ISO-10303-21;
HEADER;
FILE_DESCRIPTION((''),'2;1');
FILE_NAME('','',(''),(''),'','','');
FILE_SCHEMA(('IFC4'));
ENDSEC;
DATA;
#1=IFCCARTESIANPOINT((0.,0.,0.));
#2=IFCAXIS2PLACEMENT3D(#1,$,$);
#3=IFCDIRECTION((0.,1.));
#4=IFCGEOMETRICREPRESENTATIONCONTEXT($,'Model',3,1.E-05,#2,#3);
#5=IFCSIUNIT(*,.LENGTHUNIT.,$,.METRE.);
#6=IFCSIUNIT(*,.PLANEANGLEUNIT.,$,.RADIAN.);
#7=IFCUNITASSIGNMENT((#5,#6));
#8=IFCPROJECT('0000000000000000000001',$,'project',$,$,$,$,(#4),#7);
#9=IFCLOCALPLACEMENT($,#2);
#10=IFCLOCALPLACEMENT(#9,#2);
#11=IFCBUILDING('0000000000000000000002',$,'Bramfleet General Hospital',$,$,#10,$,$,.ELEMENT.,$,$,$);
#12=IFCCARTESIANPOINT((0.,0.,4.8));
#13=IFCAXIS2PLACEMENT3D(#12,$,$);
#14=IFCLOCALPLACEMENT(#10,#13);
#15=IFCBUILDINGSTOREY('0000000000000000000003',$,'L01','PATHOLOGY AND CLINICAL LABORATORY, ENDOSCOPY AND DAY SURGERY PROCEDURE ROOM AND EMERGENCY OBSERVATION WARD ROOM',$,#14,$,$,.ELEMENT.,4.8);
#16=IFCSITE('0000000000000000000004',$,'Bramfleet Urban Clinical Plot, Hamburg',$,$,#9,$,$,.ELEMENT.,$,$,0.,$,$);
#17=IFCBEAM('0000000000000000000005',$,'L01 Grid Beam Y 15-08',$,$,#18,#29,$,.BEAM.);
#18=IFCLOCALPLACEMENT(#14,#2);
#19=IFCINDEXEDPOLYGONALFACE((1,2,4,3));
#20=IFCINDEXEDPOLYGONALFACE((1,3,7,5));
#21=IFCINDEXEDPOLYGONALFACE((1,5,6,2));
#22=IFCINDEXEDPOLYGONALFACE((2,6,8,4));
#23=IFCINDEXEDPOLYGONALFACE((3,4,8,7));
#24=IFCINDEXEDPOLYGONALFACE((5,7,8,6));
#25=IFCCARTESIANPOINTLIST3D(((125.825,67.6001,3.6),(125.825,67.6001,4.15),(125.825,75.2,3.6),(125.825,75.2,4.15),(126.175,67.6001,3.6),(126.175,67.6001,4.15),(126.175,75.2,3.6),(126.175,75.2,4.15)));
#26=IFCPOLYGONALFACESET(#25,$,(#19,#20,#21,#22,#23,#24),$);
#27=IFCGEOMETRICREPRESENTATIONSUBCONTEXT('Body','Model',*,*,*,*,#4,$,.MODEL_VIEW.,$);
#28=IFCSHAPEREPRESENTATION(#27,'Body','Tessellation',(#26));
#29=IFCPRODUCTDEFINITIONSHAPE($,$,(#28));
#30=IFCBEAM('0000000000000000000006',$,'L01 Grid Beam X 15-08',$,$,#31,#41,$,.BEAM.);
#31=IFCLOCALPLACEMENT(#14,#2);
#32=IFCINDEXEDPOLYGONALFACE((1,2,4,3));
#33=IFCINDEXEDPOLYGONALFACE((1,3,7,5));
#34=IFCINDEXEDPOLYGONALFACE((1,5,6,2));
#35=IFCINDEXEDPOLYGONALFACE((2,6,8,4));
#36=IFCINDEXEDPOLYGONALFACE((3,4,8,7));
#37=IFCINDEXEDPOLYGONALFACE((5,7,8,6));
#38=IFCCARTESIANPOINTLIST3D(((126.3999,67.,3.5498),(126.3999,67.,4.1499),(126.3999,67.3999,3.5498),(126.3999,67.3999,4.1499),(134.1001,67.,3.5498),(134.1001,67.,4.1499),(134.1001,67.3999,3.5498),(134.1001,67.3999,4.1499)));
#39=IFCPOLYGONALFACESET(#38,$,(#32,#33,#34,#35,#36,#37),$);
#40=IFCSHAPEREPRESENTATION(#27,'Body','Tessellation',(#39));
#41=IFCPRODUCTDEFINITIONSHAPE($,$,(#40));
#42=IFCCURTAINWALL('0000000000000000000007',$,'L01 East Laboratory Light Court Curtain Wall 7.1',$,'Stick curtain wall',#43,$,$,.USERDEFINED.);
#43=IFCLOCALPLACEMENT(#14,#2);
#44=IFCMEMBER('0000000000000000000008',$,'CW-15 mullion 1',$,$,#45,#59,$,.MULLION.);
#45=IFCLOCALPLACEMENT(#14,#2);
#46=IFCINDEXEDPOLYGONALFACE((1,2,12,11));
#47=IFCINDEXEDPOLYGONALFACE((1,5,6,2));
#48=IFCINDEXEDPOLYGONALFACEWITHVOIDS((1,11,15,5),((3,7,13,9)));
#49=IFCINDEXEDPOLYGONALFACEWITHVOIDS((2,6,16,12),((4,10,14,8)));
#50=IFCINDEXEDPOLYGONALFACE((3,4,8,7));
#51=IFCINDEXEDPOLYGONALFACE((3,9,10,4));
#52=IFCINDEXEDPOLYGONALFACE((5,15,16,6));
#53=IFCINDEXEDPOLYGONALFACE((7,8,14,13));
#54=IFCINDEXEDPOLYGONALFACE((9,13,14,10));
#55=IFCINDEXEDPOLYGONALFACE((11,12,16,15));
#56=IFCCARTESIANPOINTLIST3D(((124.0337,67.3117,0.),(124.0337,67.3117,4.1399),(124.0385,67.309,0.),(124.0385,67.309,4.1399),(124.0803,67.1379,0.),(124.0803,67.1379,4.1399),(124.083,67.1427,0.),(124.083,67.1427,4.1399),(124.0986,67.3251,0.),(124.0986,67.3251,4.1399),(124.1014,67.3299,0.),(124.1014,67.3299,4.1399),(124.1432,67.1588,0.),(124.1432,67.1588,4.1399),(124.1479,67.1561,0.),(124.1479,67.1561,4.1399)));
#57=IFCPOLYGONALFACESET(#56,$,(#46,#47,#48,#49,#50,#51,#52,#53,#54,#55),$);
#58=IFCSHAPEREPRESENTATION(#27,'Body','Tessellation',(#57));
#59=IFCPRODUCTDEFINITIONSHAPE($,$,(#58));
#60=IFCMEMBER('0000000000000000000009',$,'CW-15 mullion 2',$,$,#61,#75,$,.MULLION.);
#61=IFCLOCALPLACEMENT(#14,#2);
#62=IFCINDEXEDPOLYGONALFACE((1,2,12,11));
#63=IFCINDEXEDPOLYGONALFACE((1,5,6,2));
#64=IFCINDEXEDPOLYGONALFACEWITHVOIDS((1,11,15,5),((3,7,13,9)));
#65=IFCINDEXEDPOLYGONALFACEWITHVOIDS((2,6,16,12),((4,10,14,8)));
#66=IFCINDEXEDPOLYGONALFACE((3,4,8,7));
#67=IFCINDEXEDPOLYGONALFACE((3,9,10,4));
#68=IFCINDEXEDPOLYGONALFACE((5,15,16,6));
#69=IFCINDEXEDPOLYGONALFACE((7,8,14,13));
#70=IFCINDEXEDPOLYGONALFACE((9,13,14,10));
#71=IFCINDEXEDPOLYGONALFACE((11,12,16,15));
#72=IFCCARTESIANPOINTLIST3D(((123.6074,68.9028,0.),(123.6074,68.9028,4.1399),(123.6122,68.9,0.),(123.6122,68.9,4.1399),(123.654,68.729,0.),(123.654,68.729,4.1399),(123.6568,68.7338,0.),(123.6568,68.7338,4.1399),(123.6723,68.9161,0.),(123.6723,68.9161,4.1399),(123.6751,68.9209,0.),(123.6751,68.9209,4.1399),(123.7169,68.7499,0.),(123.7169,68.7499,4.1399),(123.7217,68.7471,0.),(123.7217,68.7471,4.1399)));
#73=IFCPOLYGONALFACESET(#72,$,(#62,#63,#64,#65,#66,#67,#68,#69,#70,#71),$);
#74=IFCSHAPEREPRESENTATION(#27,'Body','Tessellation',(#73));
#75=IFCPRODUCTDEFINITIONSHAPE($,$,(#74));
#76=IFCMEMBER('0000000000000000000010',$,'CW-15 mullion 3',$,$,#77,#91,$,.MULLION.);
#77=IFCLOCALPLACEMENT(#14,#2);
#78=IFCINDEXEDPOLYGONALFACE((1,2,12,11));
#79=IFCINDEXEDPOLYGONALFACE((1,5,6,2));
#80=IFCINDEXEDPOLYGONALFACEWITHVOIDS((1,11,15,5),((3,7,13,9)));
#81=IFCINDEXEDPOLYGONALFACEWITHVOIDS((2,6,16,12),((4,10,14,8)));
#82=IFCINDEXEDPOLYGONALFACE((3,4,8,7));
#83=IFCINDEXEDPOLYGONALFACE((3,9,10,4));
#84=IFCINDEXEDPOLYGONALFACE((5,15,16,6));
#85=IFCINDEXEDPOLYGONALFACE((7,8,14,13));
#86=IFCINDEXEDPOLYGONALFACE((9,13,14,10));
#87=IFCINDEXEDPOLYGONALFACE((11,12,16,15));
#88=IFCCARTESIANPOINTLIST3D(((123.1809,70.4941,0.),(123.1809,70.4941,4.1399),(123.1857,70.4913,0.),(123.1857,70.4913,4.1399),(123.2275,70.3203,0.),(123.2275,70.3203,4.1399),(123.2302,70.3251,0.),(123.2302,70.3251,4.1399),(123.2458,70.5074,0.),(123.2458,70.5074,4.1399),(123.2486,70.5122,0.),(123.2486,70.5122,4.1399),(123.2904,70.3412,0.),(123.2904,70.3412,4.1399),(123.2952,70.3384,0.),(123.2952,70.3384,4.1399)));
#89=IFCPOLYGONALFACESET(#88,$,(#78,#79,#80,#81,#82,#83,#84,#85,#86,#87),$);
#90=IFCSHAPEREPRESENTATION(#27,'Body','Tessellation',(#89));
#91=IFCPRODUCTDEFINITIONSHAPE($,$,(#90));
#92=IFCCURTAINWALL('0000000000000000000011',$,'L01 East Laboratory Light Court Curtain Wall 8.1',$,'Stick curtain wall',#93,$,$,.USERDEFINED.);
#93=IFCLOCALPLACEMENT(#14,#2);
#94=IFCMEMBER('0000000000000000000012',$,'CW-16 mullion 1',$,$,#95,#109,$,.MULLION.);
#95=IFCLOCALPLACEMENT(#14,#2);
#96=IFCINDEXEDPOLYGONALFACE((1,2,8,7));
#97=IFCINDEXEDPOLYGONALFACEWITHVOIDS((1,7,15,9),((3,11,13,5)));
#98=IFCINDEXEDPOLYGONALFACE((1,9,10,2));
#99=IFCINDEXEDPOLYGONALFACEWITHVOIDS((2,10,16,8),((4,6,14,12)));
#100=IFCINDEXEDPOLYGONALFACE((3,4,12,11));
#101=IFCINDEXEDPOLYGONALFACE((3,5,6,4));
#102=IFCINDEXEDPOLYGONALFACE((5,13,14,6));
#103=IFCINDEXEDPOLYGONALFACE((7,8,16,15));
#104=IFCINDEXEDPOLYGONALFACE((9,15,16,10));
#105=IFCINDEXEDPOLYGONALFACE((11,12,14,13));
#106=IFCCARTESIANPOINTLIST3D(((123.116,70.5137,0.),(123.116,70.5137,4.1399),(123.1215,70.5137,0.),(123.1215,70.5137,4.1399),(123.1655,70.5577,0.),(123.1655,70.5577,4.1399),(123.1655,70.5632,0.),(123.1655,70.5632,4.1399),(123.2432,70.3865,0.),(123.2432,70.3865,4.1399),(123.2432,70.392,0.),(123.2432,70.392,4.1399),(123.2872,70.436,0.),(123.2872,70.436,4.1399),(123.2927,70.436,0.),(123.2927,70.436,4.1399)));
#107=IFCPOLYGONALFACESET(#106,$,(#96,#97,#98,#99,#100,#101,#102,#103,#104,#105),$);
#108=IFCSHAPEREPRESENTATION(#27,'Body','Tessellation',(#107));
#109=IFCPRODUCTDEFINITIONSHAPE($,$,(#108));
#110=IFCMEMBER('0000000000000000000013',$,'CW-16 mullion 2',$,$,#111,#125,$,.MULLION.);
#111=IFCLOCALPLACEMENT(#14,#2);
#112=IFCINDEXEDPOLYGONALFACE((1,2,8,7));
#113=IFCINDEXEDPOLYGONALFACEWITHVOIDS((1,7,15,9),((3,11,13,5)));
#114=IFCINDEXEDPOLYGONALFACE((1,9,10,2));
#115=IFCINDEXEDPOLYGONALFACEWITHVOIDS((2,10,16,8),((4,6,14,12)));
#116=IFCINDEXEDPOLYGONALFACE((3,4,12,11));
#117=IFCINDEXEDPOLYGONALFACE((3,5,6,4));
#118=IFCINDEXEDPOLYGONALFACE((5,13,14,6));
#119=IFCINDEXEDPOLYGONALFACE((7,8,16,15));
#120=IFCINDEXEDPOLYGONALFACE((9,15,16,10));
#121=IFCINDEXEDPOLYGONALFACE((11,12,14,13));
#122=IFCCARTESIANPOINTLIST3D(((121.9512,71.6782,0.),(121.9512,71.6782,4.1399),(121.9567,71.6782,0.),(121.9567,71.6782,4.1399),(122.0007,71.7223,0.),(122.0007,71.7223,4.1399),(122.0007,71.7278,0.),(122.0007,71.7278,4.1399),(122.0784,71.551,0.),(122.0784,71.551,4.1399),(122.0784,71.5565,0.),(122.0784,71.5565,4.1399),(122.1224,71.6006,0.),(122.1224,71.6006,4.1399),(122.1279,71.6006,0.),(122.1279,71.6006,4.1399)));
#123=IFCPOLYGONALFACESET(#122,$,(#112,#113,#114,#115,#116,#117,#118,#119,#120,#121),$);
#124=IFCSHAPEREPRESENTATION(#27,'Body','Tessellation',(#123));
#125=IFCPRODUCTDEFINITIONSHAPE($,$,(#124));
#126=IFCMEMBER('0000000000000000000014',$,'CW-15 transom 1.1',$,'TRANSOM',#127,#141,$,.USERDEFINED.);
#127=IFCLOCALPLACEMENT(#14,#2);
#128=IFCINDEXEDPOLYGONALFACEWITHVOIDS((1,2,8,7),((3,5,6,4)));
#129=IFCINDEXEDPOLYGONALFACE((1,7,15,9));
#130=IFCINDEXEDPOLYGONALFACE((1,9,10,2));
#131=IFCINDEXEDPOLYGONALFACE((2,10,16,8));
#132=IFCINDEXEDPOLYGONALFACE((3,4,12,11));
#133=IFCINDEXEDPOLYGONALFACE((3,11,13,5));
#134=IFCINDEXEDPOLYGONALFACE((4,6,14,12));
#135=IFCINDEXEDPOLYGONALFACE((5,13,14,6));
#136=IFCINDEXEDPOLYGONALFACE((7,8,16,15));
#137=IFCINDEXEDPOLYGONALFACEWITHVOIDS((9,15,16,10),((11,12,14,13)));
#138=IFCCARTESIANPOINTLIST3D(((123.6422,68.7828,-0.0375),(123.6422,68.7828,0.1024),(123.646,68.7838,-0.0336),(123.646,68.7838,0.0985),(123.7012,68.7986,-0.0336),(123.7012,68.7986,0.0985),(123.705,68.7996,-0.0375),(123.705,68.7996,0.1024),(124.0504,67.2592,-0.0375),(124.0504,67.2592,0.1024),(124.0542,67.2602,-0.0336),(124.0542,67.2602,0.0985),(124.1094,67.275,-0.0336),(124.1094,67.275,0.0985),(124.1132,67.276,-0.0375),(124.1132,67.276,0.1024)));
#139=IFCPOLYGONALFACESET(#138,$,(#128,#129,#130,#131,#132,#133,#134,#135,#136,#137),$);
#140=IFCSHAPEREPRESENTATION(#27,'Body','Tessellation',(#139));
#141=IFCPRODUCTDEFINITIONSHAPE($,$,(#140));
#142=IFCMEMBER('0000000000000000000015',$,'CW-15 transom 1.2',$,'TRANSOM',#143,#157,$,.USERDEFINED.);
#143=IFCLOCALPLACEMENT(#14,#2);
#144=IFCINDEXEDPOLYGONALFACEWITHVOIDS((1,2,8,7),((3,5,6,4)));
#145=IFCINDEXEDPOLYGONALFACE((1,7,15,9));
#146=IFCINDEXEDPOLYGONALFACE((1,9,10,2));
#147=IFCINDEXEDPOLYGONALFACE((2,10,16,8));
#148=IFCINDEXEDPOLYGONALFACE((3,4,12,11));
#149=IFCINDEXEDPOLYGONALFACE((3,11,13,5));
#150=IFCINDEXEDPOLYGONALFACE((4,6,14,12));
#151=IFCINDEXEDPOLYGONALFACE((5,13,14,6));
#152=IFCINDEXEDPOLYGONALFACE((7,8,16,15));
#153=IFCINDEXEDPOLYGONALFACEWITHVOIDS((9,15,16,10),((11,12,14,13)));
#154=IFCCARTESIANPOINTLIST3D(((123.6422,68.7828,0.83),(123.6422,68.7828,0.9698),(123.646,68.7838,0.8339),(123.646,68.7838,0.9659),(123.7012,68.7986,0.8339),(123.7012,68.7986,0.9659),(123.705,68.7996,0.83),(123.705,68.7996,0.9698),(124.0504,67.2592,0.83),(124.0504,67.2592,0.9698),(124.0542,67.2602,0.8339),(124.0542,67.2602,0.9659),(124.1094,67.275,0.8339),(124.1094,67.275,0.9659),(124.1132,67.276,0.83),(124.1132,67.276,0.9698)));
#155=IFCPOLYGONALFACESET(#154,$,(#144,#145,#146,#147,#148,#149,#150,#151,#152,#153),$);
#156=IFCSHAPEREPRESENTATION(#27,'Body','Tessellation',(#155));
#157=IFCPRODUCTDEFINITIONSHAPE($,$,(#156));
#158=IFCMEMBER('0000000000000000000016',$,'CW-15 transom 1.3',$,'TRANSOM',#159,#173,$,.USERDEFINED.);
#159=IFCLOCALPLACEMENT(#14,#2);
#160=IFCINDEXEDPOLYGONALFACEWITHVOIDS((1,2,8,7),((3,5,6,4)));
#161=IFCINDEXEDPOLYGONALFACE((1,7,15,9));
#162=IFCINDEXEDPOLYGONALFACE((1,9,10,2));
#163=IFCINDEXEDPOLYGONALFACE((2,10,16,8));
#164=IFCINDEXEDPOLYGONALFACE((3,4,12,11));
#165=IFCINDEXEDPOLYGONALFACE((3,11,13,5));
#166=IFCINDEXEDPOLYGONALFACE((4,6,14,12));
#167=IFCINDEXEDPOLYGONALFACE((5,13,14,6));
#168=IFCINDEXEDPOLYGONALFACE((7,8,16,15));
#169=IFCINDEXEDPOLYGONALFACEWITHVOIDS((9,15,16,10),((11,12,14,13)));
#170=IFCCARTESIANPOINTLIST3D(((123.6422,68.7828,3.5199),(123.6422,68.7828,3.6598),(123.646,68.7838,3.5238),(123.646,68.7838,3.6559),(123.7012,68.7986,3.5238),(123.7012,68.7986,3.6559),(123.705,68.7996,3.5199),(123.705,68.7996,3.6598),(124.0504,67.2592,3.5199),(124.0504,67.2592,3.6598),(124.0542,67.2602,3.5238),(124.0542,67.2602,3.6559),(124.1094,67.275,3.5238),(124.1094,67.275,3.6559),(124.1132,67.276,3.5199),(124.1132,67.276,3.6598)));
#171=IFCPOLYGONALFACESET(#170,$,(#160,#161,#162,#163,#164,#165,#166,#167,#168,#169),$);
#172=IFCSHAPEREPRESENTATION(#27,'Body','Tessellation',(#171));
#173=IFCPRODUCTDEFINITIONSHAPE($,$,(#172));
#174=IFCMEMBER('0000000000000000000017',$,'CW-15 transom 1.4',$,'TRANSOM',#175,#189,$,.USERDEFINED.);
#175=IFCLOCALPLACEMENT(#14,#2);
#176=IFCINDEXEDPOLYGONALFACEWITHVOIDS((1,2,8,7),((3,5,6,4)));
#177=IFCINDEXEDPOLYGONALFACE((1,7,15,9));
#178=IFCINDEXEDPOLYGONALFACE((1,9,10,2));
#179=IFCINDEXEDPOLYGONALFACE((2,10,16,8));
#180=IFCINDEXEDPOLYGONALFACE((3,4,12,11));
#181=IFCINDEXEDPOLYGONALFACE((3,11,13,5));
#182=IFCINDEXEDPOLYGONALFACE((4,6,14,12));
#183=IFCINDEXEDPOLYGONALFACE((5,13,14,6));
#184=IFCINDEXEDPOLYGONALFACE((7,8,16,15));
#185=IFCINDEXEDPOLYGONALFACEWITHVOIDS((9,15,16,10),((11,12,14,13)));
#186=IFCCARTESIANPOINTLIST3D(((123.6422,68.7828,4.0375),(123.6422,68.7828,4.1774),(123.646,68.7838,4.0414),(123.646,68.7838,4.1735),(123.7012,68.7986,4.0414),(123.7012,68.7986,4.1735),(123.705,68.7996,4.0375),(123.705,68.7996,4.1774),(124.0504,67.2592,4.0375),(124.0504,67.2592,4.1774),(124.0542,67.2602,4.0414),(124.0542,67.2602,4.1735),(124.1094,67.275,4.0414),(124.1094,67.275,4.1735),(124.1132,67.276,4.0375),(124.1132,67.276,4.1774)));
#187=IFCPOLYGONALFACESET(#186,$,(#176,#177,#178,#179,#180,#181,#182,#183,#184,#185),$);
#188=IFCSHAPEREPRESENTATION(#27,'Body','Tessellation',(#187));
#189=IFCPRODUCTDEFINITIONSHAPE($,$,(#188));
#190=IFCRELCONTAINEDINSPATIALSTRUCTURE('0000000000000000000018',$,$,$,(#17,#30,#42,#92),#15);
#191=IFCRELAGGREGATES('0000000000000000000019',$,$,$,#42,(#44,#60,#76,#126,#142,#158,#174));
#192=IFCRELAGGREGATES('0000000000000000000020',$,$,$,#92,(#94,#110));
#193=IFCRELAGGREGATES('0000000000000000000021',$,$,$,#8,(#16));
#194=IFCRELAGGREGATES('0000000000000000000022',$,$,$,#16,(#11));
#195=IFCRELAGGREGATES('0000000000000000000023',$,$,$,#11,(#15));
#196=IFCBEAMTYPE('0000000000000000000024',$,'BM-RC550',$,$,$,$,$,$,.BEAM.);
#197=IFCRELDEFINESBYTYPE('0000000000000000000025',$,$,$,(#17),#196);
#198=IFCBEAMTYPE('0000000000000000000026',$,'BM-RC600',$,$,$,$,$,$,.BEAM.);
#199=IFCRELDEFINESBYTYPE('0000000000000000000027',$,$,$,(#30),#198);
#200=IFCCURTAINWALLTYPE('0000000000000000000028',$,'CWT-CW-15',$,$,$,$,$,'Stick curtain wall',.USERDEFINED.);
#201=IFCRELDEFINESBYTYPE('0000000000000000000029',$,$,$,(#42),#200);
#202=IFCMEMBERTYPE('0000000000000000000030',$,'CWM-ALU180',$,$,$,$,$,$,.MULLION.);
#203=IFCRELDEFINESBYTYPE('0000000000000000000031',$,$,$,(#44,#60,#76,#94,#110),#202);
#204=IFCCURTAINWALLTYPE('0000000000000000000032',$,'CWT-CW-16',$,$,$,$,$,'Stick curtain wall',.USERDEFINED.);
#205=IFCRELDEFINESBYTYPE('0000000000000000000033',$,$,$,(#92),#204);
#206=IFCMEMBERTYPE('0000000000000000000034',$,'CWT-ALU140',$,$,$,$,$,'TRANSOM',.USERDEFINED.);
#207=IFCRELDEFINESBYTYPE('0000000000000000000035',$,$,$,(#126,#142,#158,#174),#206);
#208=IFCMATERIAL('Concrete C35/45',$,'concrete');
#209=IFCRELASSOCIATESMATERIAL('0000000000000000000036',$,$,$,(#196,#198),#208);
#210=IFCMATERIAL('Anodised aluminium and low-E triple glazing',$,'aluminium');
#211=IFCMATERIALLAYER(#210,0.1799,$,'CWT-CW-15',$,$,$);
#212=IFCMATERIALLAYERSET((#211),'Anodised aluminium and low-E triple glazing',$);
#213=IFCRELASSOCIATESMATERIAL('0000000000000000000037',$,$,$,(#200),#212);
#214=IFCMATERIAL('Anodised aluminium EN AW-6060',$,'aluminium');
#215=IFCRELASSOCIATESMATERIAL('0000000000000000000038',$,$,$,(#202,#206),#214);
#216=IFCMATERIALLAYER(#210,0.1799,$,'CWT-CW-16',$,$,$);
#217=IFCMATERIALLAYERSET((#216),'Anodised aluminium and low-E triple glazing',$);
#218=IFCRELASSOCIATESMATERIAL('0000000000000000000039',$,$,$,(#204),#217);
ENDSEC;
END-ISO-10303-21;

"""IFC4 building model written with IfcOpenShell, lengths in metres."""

from ifc_helpers import new_model, si_unit, direction, frame, origin, origin_2d, place, context, subcontext, project, spatial, rectangle, hollow_rectangle, extrude, material, layer, layer_set, material_profile, profile_set, type_object, element, aggregate, save


model = new_model("IFC4")

# Units and contexts
model_context = context("Model", 3, precision=1e-05, world=origin(), true_north=direction((0.0, 1.0)))
body_context = subcontext(model_context, "Body", "Model", "MODEL_VIEW")
ifc_project = project(units=[si_unit("LENGTHUNIT", "METRE"), si_unit("PLANEANGLEUNIT", "RADIAN")], contexts=[model_context])

# Site, building, storey
site_placement = place(None, origin())
site = spatial("IfcSite", under=ifc_project, at=site_placement, Name="Bramfleet Urban Clinical Plot, Hamburg", CompositionType="ELEMENT", RefElevation=0.0)
building_placement = place(site_placement, origin())
building = spatial("IfcBuilding", under=site, at=building_placement, Name="Bramfleet General Hospital", CompositionType="ELEMENT")
storey_placement = place(building_placement, frame((0.0, 0.0, 4.8)))
storey = spatial("IfcBuildingStorey", under=building, at=storey_placement, Name="L01", Description="PATHOLOGY AND CLINICAL LABORATORY, ENDOSCOPY AND DAY SURGERY PROCEDURE ROOM AND EMERGENCY OBSERVATION WARD ROOM", CompositionType="ELEMENT", Elevation=4.8)

# Beams
ifc_material_1 = material(Name="Concrete C35/45", Category="concrete")
ifc_material_profile_1 = material_profile(ifc_material_1, rectangle(XDim=0.3501, YDim=0.55, at=origin_2d()), Name="RC BM 550x350")
ifc_profile_set_1 = profile_set([ifc_material_profile_1], Name="Concrete C35/45")
beam_type_1 = type_object("IfcBeamType", Name="BM-RC550", PredefinedType="BEAM", material=ifc_profile_set_1)
beam_1_placement = place(storey_placement, frame((126.0, 67.6001, 3.875), z_axis=(0.0, 1.0, 0.0), x_axis=(-1.0, 0.0, 0.0)))
element("IfcBeam", 1, at=beam_1_placement, inside=storey, type_object=beam_type_1, Name="L01 Grid Beam Y 15-08", PredefinedType="BEAM", context=body_context, shape_type="SweptSolid", body=[
    extrude(rectangle(XDim=0.3501, YDim=0.55, at=origin_2d()), origin(), (0.0, 0.0, 1.0), 7.5999),
])
ifc_material_profile_2 = material_profile(ifc_material_1, rectangle(XDim=0.3999, YDim=0.6001, at=origin_2d()), Name="RC BM 600x400")
ifc_profile_set_2 = profile_set([ifc_material_profile_2], Name="Concrete C35/45")
beam_type_2 = type_object("IfcBeamType", Name="BM-RC600", PredefinedType="BEAM", material=ifc_profile_set_2)
beam_2_placement = place(storey_placement, frame((126.3999, 67.2, 3.8499), z_axis=(1.0, 0.0, 0.0), x_axis=(0.0, 1.0, 0.0)))
element("IfcBeam", 2, at=beam_2_placement, inside=storey, type_object=beam_type_2, Name="L01 Grid Beam X 15-08", PredefinedType="BEAM", context=body_context, shape_type="SweptSolid", body=[
    extrude(rectangle(XDim=0.3999, YDim=0.6001, at=origin_2d()), origin(), (0.0, 0.0, 1.0), 7.7002),
])

# Curtain walls, members
ifc_material_2 = material(Name="Anodised aluminium and low-E triple glazing", Category="aluminium")
ifc_layer_1 = layer(ifc_material_2, 0.1799, Name="CWT-CW-15")
ifc_layer_set_1 = layer_set([ifc_layer_1], Name="Anodised aluminium and low-E triple glazing")
curtain_wall_type_1 = type_object("IfcCurtainWallType", Name="CWT-CW-15", ElementType="Stick curtain wall", PredefinedType="USERDEFINED", material=ifc_layer_set_1)
curtain_wall_1_placement = place(storey_placement, origin())
curtain_wall_1 = element("IfcCurtainWall", 3, at=curtain_wall_1_placement, inside=storey, type_object=curtain_wall_type_1, Name="L01 East Laboratory Light Court Curtain Wall 7.1", ObjectType="Stick curtain wall", PredefinedType="USERDEFINED")
ifc_material_3 = material(Name="Anodised aluminium EN AW-6060", Category="aluminium")
ifc_material_profile_3 = material_profile(ifc_material_3, hollow_rectangle(XDim=0.0701, YDim=0.1799, WallThickness=0.0039, at=origin_2d()), Name="ALU 180x70x4.0")
ifc_profile_set_3 = profile_set([ifc_material_profile_3], Name="Anodised aluminium EN AW-6060")
member_type_1 = type_object("IfcMemberType", Name="CWM-ALU180", PredefinedType="MULLION", material=ifc_profile_set_3)
member_1_placement = place(storey_placement, frame((124.0908, 67.2339, 0.0), z_axis=(0.0, 0.0, 1.0), x_axis=(-0.965914, -0.258865, 0.0)))
member_1 = element("IfcMember", 4, at=member_1_placement, type_object=member_type_1, Name="CW-15 mullion 1", PredefinedType="MULLION", context=body_context, shape_type="SweptSolid", body=[
    extrude(hollow_rectangle(XDim=0.0701, YDim=0.1799, WallThickness=0.0039, at=origin_2d()), origin(), (0.0, 0.0, 1.0), 4.1399),
])
member_2_placement = place(storey_placement, frame((123.6646, 68.825, 0.0), z_axis=(0.0, 0.0, 1.0), x_axis=(-0.965914, -0.258865, 0.0)))
member_2 = element("IfcMember", 5, at=member_2_placement, type_object=member_type_1, Name="CW-15 mullion 2", PredefinedType="MULLION", context=body_context, shape_type="SweptSolid", body=[
    extrude(hollow_rectangle(XDim=0.0701, YDim=0.1799, WallThickness=0.0039, at=origin_2d()), origin(), (0.0, 0.0, 1.0), 4.1399),
])
member_3_placement = place(storey_placement, frame((123.238, 70.4163, 0.0), z_axis=(0.0, 0.0, 1.0), x_axis=(-0.965914, -0.258865, 0.0)))
member_3 = element("IfcMember", 6, at=member_3_placement, type_object=member_type_1, Name="CW-15 mullion 3", PredefinedType="MULLION", context=body_context, shape_type="SweptSolid", body=[
    extrude(hollow_rectangle(XDim=0.0701, YDim=0.1799, WallThickness=0.0039, at=origin_2d()), origin(), (0.0, 0.0, 1.0), 4.1399),
])
ifc_layer_2 = layer(ifc_material_2, 0.1799, Name="CWT-CW-16")
ifc_layer_set_2 = layer_set([ifc_layer_2], Name="Anodised aluminium and low-E triple glazing")
curtain_wall_type_2 = type_object("IfcCurtainWallType", Name="CWT-CW-16", ElementType="Stick curtain wall", PredefinedType="USERDEFINED", material=ifc_layer_set_2)
curtain_wall_2_placement = place(storey_placement, origin())
curtain_wall_2 = element("IfcCurtainWall", 7, at=curtain_wall_2_placement, inside=storey, type_object=curtain_wall_type_2, Name="L01 East Laboratory Light Court Curtain Wall 8.1", ObjectType="Stick curtain wall", PredefinedType="USERDEFINED")
member_4_placement = place(storey_placement, frame((123.2043, 70.4749, 0.0), z_axis=(0.0, 0.0, 1.0), x_axis=(-0.707107, -0.707107, 0.0)))
member_4 = element("IfcMember", 8, at=member_4_placement, type_object=member_type_1, Name="CW-16 mullion 1", PredefinedType="MULLION", context=body_context, shape_type="SweptSolid", body=[
    extrude(hollow_rectangle(XDim=0.0701, YDim=0.1799, WallThickness=0.0039, at=origin_2d()), origin(), (0.0, 0.0, 1.0), 4.1399),
])
member_5_placement = place(storey_placement, frame((122.0396, 71.6394, 0.0), z_axis=(0.0, 0.0, 1.0), x_axis=(-0.707107, -0.707107, 0.0)))
member_5 = element("IfcMember", 9, at=member_5_placement, type_object=member_type_1, Name="CW-16 mullion 2", PredefinedType="MULLION", context=body_context, shape_type="SweptSolid", body=[
    extrude(hollow_rectangle(XDim=0.0701, YDim=0.1799, WallThickness=0.0039, at=origin_2d()), origin(), (0.0, 0.0, 1.0), 4.1399),
])

# Members
ifc_material_profile_4 = material_profile(ifc_material_3, hollow_rectangle(XDim=0.0649, YDim=0.1399, WallThickness=0.0039, at=origin_2d()), Name="ALU 140x65x4.0")
ifc_profile_set_4 = profile_set([ifc_material_profile_4], Name="Anodised aluminium EN AW-6060")
member_type_2 = type_object("IfcMemberType", Name="CWT-ALU140", ElementType="TRANSOM", PredefinedType="USERDEFINED", material=ifc_profile_set_4)
member_6_placement = place(storey_placement, frame((124.0818, 67.2676, 0.0325), z_axis=(-0.25878, 0.965936, 0.0), x_axis=(-0.965936, -0.25878, 0.0)))
member_6 = element("IfcMember", 10, at=member_6_placement, type_object=member_type_2, Name="CW-15 transom 1.1", ObjectType="TRANSOM", PredefinedType="USERDEFINED", context=body_context, shape_type="SweptSolid", body=[
    extrude(hollow_rectangle(XDim=0.0649, YDim=0.1399, WallThickness=0.0039, at=origin_2d()), origin(), (0.0, 0.0, 1.0), 1.5774),
])
member_7_placement = place(storey_placement, frame((124.0818, 67.2676, 0.8999), z_axis=(-0.25878, 0.965936, 0.0), x_axis=(-0.965936, -0.25878, 0.0)))
member_7 = element("IfcMember", 11, at=member_7_placement, type_object=member_type_2, Name="CW-15 transom 1.2", ObjectType="TRANSOM", PredefinedType="USERDEFINED", context=body_context, shape_type="SweptSolid", body=[
    extrude(hollow_rectangle(XDim=0.0649, YDim=0.1399, WallThickness=0.0039, at=origin_2d()), origin(), (0.0, 0.0, 1.0), 1.5774),
])
member_8_placement = place(storey_placement, frame((124.0818, 67.2676, 3.5898), z_axis=(-0.25878, 0.965936, 0.0), x_axis=(-0.965936, -0.25878, 0.0)))
member_8 = element("IfcMember", 12, at=member_8_placement, type_object=member_type_2, Name="CW-15 transom 1.3", ObjectType="TRANSOM", PredefinedType="USERDEFINED", context=body_context, shape_type="SweptSolid", body=[
    extrude(hollow_rectangle(XDim=0.0649, YDim=0.1399, WallThickness=0.0039, at=origin_2d()), origin(), (0.0, 0.0, 1.0), 1.5774),
])
member_9_placement = place(storey_placement, frame((124.0818, 67.2676, 4.1074), z_axis=(-0.25878, 0.965936, 0.0), x_axis=(-0.965936, -0.25878, 0.0)))
member_9 = element("IfcMember", 13, at=member_9_placement, type_object=member_type_2, Name="CW-15 transom 1.4", ObjectType="TRANSOM", PredefinedType="USERDEFINED", context=body_context, shape_type="SweptSolid", body=[
    extrude(hollow_rectangle(XDim=0.0649, YDim=0.1399, WallThickness=0.0039, at=origin_2d()), origin(), (0.0, 0.0, 1.0), 1.5774),
])

aggregate(curtain_wall_1, [member_1, member_2, member_3, member_6, member_7, member_8, member_9])
aggregate(curtain_wall_2, [member_4, member_5])

save(model, "model.ifc")
